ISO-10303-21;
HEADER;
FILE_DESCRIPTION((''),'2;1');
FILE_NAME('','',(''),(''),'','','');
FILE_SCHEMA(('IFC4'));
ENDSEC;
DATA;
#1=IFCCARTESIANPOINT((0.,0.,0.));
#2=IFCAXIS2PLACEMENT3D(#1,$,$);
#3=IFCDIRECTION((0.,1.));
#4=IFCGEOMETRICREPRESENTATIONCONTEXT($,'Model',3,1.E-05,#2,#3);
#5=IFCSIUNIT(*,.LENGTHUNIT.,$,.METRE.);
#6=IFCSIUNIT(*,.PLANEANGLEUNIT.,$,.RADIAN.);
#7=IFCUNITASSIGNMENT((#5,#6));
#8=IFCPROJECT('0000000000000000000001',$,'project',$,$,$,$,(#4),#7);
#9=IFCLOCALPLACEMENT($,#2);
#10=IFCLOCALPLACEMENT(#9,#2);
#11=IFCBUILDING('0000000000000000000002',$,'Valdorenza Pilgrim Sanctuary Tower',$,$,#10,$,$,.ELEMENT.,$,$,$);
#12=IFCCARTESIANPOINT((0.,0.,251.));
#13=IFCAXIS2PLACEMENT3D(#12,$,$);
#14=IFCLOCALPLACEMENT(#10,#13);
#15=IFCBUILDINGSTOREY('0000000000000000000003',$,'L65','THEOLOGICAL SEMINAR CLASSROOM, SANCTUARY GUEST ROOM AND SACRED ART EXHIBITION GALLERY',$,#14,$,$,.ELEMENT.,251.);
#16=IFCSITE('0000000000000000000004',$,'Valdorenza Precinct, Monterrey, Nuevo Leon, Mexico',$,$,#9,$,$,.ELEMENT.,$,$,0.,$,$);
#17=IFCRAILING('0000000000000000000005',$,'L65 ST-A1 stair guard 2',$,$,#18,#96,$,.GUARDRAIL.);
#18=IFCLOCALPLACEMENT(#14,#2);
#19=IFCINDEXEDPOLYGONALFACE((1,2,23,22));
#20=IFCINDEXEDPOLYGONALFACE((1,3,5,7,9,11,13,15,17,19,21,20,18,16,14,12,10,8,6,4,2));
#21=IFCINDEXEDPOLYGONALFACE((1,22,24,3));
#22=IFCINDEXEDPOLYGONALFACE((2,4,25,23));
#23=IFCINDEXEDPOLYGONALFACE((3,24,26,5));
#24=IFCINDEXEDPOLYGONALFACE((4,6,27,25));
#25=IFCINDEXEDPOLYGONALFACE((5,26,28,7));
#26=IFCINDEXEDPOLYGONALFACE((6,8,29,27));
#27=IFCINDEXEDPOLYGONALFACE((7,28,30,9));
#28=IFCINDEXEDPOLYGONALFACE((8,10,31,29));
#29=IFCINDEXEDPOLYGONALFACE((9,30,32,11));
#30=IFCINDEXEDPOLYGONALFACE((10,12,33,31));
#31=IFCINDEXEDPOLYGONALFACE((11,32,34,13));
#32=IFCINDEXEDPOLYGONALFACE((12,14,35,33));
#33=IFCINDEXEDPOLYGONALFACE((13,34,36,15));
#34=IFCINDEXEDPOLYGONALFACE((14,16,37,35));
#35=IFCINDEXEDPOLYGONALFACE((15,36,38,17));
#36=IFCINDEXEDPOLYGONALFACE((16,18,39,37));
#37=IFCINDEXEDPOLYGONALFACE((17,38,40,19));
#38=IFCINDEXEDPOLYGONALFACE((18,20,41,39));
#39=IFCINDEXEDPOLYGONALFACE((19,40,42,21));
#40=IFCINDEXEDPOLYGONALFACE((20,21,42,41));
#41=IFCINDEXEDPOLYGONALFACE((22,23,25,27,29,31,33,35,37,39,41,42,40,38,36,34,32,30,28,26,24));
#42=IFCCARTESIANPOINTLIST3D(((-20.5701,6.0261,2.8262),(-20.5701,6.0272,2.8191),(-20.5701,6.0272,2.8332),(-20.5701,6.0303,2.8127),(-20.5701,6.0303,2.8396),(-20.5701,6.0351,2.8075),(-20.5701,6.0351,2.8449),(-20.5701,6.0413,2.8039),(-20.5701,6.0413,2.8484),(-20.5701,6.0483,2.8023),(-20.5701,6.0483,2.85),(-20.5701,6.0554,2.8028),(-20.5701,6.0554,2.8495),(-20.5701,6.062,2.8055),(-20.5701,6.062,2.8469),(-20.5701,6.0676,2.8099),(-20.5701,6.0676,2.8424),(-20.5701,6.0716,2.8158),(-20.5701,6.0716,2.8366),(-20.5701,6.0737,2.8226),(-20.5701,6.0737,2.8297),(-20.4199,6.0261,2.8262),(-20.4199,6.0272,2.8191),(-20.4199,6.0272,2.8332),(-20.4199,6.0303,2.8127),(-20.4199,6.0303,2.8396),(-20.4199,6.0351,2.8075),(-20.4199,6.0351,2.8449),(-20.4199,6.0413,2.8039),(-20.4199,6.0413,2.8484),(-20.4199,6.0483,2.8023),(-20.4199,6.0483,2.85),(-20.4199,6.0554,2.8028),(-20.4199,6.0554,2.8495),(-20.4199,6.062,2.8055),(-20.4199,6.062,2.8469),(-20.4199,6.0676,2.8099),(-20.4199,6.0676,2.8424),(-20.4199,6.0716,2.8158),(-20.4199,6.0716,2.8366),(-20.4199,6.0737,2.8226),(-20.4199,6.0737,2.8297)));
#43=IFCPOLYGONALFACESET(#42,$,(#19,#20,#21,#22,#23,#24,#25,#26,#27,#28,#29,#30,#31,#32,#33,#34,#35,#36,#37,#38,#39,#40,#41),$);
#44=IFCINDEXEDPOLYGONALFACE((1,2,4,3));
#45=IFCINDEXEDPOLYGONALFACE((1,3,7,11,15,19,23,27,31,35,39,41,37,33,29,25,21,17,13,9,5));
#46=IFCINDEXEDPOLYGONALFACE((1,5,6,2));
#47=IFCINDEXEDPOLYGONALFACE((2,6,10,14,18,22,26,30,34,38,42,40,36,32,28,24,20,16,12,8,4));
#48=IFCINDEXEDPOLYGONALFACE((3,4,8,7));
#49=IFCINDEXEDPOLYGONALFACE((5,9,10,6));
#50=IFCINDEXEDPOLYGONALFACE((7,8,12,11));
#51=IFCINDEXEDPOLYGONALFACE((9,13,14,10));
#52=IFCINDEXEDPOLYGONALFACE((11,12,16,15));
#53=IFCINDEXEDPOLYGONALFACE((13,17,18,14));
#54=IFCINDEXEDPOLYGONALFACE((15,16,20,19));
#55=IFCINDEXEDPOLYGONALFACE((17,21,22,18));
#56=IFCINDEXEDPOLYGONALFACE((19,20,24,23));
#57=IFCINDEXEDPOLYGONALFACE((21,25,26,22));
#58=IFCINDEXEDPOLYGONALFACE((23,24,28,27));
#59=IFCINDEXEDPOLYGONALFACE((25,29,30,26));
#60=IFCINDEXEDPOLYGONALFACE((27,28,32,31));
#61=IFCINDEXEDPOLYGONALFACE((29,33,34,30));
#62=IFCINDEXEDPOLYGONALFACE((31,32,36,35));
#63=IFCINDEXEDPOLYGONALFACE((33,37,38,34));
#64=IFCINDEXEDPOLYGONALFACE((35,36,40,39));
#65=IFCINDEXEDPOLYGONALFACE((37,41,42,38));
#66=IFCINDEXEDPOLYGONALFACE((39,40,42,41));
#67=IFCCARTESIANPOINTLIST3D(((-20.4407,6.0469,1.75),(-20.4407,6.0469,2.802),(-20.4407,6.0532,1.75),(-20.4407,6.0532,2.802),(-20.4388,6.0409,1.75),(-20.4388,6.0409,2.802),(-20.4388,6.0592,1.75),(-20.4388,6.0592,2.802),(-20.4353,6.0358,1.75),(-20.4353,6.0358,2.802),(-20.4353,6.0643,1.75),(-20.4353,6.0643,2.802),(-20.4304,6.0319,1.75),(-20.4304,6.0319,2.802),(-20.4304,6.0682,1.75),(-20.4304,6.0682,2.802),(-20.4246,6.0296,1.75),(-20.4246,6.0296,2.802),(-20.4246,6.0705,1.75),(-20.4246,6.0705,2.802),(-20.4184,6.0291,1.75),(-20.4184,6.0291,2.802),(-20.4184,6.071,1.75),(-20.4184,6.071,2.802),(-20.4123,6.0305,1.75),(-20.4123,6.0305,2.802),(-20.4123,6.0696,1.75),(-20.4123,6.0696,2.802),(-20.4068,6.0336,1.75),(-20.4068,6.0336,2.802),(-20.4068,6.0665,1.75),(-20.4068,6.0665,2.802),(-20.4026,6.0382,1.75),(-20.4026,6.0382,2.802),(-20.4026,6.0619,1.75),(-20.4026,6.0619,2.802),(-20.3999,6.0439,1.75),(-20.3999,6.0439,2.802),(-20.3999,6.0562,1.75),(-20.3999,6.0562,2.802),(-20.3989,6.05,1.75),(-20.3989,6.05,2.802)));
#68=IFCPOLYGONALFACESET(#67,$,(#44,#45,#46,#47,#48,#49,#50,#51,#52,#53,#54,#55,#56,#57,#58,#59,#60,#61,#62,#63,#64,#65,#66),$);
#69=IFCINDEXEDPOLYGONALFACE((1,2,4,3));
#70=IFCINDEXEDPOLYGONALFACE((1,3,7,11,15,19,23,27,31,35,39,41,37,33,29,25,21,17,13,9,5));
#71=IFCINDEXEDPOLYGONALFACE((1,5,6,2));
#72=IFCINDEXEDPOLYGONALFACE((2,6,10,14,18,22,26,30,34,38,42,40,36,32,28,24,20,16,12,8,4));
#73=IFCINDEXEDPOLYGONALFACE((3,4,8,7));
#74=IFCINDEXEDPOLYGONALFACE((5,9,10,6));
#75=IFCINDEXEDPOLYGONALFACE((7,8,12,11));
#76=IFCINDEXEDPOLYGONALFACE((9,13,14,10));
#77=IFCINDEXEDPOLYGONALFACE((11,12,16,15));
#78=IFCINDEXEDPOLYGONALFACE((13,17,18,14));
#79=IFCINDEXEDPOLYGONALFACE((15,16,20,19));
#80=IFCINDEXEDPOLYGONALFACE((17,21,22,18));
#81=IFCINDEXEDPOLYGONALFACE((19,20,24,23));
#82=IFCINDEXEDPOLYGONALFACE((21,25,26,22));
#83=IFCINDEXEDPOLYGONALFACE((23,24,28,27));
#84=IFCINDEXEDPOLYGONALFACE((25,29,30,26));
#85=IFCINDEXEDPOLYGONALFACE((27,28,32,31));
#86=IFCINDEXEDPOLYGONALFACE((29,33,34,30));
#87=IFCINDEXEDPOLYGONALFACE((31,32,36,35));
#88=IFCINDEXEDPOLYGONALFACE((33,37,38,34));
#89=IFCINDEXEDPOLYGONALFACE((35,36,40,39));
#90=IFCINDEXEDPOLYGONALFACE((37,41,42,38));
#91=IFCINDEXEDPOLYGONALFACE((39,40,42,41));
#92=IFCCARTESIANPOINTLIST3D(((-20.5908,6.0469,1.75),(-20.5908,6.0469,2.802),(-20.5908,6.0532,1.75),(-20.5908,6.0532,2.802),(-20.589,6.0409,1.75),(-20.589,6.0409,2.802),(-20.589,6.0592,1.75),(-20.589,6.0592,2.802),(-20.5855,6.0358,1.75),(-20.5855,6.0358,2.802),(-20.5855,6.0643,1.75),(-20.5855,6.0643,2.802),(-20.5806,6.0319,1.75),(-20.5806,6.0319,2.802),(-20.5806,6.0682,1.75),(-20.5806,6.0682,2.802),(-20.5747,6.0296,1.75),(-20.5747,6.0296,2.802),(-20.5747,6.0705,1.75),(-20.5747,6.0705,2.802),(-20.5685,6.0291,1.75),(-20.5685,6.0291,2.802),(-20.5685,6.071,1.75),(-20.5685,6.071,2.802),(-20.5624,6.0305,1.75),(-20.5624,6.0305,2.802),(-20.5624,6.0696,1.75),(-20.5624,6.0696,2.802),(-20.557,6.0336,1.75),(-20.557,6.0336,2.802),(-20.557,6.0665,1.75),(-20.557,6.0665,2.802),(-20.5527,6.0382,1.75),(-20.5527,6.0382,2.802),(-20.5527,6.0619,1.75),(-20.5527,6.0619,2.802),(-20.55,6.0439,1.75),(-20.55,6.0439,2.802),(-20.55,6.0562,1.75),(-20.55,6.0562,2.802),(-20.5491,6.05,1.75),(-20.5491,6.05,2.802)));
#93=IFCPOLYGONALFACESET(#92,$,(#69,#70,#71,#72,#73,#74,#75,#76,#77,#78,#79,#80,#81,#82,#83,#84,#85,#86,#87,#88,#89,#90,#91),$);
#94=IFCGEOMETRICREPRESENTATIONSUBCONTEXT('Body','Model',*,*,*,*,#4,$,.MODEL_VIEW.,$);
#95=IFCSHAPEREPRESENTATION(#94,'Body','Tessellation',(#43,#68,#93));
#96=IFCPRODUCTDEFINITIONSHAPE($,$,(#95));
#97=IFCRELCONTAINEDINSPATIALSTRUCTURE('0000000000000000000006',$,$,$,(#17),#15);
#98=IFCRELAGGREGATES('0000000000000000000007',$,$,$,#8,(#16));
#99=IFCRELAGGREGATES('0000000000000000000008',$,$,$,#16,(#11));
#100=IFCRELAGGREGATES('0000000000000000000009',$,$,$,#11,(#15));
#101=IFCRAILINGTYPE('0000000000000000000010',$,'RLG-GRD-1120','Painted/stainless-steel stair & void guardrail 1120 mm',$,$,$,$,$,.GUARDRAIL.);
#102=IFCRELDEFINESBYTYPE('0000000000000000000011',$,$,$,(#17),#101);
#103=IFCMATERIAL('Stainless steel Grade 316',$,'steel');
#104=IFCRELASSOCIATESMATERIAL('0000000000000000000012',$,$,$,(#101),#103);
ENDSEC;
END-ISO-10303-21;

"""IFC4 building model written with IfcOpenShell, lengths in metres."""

from ifc_helpers import new_model, si_unit, direction, frame, origin, origin_2d, place, context, subcontext, project, spatial, circle, extrude, material, type_object, element, save


model = new_model("IFC4")

# Units and contexts
model_context = context("Model", 3, precision=1e-05, world=origin(), true_north=direction((0.0, 1.0)))
body_context = subcontext(model_context, "Body", "Model", "MODEL_VIEW")
ifc_project = project(units=[si_unit("LENGTHUNIT", "METRE"), si_unit("PLANEANGLEUNIT", "RADIAN")], contexts=[model_context])

# Site, building, storey
site_placement = place(None, origin())
site = spatial("IfcSite", under=ifc_project, at=site_placement, Name="Valdorenza Precinct, Monterrey, Nuevo Leon, Mexico", CompositionType="ELEMENT", RefElevation=0.0)
building_placement = place(site_placement, origin())
building = spatial("IfcBuilding", under=site, at=building_placement, Name="Valdorenza Pilgrim Sanctuary Tower", CompositionType="ELEMENT")
storey_placement = place(building_placement, frame((0.0, 0.0, 251.0)))
storey = spatial("IfcBuildingStorey", under=building, at=storey_placement, Name="L65", Description="THEOLOGICAL SEMINAR CLASSROOM, SANCTUARY GUEST ROOM AND SACRED ART EXHIBITION GALLERY", CompositionType="ELEMENT", Elevation=251.0)

# Railing
ifc_material_1 = material(Name="Stainless steel Grade 316", Category="steel")
railing_type = type_object("IfcRailingType", Name="RLG-GRD-1120", Description="Painted/stainless-steel stair & void guardrail 1120 mm", PredefinedType="GUARDRAIL", material=ifc_material_1)
railing_1_placement = place(storey_placement, frame((-20.4199, 6.05, 1.75)))
element("IfcRailing", 1, at=railing_1_placement, inside=storey, type_object=railing_type, Name="L65 ST-A1 stair guard 2", PredefinedType="GUARDRAIL", context=body_context, shape_type="SweptSolid", body=[
    extrude(circle(Radius=0.0239, at=origin_2d()), frame((0.0, 0.0, 1.0762), z_axis=(-1.0, 0.0, 0.0), x_axis=(0.0, -1.0, 0.0)), (0.0, 0.0, 1.0), 0.1501),
    extrude(circle(Radius=0.021, at=origin_2d()), origin(), (0.0, 0.0, 1.0), 1.052),
    extrude(circle(Radius=0.021, at=origin_2d()), frame((-0.1501, 0.0, 0.0)), (0.0, 0.0, 1.0), 1.052),
])

save(model, "model.ifc")
